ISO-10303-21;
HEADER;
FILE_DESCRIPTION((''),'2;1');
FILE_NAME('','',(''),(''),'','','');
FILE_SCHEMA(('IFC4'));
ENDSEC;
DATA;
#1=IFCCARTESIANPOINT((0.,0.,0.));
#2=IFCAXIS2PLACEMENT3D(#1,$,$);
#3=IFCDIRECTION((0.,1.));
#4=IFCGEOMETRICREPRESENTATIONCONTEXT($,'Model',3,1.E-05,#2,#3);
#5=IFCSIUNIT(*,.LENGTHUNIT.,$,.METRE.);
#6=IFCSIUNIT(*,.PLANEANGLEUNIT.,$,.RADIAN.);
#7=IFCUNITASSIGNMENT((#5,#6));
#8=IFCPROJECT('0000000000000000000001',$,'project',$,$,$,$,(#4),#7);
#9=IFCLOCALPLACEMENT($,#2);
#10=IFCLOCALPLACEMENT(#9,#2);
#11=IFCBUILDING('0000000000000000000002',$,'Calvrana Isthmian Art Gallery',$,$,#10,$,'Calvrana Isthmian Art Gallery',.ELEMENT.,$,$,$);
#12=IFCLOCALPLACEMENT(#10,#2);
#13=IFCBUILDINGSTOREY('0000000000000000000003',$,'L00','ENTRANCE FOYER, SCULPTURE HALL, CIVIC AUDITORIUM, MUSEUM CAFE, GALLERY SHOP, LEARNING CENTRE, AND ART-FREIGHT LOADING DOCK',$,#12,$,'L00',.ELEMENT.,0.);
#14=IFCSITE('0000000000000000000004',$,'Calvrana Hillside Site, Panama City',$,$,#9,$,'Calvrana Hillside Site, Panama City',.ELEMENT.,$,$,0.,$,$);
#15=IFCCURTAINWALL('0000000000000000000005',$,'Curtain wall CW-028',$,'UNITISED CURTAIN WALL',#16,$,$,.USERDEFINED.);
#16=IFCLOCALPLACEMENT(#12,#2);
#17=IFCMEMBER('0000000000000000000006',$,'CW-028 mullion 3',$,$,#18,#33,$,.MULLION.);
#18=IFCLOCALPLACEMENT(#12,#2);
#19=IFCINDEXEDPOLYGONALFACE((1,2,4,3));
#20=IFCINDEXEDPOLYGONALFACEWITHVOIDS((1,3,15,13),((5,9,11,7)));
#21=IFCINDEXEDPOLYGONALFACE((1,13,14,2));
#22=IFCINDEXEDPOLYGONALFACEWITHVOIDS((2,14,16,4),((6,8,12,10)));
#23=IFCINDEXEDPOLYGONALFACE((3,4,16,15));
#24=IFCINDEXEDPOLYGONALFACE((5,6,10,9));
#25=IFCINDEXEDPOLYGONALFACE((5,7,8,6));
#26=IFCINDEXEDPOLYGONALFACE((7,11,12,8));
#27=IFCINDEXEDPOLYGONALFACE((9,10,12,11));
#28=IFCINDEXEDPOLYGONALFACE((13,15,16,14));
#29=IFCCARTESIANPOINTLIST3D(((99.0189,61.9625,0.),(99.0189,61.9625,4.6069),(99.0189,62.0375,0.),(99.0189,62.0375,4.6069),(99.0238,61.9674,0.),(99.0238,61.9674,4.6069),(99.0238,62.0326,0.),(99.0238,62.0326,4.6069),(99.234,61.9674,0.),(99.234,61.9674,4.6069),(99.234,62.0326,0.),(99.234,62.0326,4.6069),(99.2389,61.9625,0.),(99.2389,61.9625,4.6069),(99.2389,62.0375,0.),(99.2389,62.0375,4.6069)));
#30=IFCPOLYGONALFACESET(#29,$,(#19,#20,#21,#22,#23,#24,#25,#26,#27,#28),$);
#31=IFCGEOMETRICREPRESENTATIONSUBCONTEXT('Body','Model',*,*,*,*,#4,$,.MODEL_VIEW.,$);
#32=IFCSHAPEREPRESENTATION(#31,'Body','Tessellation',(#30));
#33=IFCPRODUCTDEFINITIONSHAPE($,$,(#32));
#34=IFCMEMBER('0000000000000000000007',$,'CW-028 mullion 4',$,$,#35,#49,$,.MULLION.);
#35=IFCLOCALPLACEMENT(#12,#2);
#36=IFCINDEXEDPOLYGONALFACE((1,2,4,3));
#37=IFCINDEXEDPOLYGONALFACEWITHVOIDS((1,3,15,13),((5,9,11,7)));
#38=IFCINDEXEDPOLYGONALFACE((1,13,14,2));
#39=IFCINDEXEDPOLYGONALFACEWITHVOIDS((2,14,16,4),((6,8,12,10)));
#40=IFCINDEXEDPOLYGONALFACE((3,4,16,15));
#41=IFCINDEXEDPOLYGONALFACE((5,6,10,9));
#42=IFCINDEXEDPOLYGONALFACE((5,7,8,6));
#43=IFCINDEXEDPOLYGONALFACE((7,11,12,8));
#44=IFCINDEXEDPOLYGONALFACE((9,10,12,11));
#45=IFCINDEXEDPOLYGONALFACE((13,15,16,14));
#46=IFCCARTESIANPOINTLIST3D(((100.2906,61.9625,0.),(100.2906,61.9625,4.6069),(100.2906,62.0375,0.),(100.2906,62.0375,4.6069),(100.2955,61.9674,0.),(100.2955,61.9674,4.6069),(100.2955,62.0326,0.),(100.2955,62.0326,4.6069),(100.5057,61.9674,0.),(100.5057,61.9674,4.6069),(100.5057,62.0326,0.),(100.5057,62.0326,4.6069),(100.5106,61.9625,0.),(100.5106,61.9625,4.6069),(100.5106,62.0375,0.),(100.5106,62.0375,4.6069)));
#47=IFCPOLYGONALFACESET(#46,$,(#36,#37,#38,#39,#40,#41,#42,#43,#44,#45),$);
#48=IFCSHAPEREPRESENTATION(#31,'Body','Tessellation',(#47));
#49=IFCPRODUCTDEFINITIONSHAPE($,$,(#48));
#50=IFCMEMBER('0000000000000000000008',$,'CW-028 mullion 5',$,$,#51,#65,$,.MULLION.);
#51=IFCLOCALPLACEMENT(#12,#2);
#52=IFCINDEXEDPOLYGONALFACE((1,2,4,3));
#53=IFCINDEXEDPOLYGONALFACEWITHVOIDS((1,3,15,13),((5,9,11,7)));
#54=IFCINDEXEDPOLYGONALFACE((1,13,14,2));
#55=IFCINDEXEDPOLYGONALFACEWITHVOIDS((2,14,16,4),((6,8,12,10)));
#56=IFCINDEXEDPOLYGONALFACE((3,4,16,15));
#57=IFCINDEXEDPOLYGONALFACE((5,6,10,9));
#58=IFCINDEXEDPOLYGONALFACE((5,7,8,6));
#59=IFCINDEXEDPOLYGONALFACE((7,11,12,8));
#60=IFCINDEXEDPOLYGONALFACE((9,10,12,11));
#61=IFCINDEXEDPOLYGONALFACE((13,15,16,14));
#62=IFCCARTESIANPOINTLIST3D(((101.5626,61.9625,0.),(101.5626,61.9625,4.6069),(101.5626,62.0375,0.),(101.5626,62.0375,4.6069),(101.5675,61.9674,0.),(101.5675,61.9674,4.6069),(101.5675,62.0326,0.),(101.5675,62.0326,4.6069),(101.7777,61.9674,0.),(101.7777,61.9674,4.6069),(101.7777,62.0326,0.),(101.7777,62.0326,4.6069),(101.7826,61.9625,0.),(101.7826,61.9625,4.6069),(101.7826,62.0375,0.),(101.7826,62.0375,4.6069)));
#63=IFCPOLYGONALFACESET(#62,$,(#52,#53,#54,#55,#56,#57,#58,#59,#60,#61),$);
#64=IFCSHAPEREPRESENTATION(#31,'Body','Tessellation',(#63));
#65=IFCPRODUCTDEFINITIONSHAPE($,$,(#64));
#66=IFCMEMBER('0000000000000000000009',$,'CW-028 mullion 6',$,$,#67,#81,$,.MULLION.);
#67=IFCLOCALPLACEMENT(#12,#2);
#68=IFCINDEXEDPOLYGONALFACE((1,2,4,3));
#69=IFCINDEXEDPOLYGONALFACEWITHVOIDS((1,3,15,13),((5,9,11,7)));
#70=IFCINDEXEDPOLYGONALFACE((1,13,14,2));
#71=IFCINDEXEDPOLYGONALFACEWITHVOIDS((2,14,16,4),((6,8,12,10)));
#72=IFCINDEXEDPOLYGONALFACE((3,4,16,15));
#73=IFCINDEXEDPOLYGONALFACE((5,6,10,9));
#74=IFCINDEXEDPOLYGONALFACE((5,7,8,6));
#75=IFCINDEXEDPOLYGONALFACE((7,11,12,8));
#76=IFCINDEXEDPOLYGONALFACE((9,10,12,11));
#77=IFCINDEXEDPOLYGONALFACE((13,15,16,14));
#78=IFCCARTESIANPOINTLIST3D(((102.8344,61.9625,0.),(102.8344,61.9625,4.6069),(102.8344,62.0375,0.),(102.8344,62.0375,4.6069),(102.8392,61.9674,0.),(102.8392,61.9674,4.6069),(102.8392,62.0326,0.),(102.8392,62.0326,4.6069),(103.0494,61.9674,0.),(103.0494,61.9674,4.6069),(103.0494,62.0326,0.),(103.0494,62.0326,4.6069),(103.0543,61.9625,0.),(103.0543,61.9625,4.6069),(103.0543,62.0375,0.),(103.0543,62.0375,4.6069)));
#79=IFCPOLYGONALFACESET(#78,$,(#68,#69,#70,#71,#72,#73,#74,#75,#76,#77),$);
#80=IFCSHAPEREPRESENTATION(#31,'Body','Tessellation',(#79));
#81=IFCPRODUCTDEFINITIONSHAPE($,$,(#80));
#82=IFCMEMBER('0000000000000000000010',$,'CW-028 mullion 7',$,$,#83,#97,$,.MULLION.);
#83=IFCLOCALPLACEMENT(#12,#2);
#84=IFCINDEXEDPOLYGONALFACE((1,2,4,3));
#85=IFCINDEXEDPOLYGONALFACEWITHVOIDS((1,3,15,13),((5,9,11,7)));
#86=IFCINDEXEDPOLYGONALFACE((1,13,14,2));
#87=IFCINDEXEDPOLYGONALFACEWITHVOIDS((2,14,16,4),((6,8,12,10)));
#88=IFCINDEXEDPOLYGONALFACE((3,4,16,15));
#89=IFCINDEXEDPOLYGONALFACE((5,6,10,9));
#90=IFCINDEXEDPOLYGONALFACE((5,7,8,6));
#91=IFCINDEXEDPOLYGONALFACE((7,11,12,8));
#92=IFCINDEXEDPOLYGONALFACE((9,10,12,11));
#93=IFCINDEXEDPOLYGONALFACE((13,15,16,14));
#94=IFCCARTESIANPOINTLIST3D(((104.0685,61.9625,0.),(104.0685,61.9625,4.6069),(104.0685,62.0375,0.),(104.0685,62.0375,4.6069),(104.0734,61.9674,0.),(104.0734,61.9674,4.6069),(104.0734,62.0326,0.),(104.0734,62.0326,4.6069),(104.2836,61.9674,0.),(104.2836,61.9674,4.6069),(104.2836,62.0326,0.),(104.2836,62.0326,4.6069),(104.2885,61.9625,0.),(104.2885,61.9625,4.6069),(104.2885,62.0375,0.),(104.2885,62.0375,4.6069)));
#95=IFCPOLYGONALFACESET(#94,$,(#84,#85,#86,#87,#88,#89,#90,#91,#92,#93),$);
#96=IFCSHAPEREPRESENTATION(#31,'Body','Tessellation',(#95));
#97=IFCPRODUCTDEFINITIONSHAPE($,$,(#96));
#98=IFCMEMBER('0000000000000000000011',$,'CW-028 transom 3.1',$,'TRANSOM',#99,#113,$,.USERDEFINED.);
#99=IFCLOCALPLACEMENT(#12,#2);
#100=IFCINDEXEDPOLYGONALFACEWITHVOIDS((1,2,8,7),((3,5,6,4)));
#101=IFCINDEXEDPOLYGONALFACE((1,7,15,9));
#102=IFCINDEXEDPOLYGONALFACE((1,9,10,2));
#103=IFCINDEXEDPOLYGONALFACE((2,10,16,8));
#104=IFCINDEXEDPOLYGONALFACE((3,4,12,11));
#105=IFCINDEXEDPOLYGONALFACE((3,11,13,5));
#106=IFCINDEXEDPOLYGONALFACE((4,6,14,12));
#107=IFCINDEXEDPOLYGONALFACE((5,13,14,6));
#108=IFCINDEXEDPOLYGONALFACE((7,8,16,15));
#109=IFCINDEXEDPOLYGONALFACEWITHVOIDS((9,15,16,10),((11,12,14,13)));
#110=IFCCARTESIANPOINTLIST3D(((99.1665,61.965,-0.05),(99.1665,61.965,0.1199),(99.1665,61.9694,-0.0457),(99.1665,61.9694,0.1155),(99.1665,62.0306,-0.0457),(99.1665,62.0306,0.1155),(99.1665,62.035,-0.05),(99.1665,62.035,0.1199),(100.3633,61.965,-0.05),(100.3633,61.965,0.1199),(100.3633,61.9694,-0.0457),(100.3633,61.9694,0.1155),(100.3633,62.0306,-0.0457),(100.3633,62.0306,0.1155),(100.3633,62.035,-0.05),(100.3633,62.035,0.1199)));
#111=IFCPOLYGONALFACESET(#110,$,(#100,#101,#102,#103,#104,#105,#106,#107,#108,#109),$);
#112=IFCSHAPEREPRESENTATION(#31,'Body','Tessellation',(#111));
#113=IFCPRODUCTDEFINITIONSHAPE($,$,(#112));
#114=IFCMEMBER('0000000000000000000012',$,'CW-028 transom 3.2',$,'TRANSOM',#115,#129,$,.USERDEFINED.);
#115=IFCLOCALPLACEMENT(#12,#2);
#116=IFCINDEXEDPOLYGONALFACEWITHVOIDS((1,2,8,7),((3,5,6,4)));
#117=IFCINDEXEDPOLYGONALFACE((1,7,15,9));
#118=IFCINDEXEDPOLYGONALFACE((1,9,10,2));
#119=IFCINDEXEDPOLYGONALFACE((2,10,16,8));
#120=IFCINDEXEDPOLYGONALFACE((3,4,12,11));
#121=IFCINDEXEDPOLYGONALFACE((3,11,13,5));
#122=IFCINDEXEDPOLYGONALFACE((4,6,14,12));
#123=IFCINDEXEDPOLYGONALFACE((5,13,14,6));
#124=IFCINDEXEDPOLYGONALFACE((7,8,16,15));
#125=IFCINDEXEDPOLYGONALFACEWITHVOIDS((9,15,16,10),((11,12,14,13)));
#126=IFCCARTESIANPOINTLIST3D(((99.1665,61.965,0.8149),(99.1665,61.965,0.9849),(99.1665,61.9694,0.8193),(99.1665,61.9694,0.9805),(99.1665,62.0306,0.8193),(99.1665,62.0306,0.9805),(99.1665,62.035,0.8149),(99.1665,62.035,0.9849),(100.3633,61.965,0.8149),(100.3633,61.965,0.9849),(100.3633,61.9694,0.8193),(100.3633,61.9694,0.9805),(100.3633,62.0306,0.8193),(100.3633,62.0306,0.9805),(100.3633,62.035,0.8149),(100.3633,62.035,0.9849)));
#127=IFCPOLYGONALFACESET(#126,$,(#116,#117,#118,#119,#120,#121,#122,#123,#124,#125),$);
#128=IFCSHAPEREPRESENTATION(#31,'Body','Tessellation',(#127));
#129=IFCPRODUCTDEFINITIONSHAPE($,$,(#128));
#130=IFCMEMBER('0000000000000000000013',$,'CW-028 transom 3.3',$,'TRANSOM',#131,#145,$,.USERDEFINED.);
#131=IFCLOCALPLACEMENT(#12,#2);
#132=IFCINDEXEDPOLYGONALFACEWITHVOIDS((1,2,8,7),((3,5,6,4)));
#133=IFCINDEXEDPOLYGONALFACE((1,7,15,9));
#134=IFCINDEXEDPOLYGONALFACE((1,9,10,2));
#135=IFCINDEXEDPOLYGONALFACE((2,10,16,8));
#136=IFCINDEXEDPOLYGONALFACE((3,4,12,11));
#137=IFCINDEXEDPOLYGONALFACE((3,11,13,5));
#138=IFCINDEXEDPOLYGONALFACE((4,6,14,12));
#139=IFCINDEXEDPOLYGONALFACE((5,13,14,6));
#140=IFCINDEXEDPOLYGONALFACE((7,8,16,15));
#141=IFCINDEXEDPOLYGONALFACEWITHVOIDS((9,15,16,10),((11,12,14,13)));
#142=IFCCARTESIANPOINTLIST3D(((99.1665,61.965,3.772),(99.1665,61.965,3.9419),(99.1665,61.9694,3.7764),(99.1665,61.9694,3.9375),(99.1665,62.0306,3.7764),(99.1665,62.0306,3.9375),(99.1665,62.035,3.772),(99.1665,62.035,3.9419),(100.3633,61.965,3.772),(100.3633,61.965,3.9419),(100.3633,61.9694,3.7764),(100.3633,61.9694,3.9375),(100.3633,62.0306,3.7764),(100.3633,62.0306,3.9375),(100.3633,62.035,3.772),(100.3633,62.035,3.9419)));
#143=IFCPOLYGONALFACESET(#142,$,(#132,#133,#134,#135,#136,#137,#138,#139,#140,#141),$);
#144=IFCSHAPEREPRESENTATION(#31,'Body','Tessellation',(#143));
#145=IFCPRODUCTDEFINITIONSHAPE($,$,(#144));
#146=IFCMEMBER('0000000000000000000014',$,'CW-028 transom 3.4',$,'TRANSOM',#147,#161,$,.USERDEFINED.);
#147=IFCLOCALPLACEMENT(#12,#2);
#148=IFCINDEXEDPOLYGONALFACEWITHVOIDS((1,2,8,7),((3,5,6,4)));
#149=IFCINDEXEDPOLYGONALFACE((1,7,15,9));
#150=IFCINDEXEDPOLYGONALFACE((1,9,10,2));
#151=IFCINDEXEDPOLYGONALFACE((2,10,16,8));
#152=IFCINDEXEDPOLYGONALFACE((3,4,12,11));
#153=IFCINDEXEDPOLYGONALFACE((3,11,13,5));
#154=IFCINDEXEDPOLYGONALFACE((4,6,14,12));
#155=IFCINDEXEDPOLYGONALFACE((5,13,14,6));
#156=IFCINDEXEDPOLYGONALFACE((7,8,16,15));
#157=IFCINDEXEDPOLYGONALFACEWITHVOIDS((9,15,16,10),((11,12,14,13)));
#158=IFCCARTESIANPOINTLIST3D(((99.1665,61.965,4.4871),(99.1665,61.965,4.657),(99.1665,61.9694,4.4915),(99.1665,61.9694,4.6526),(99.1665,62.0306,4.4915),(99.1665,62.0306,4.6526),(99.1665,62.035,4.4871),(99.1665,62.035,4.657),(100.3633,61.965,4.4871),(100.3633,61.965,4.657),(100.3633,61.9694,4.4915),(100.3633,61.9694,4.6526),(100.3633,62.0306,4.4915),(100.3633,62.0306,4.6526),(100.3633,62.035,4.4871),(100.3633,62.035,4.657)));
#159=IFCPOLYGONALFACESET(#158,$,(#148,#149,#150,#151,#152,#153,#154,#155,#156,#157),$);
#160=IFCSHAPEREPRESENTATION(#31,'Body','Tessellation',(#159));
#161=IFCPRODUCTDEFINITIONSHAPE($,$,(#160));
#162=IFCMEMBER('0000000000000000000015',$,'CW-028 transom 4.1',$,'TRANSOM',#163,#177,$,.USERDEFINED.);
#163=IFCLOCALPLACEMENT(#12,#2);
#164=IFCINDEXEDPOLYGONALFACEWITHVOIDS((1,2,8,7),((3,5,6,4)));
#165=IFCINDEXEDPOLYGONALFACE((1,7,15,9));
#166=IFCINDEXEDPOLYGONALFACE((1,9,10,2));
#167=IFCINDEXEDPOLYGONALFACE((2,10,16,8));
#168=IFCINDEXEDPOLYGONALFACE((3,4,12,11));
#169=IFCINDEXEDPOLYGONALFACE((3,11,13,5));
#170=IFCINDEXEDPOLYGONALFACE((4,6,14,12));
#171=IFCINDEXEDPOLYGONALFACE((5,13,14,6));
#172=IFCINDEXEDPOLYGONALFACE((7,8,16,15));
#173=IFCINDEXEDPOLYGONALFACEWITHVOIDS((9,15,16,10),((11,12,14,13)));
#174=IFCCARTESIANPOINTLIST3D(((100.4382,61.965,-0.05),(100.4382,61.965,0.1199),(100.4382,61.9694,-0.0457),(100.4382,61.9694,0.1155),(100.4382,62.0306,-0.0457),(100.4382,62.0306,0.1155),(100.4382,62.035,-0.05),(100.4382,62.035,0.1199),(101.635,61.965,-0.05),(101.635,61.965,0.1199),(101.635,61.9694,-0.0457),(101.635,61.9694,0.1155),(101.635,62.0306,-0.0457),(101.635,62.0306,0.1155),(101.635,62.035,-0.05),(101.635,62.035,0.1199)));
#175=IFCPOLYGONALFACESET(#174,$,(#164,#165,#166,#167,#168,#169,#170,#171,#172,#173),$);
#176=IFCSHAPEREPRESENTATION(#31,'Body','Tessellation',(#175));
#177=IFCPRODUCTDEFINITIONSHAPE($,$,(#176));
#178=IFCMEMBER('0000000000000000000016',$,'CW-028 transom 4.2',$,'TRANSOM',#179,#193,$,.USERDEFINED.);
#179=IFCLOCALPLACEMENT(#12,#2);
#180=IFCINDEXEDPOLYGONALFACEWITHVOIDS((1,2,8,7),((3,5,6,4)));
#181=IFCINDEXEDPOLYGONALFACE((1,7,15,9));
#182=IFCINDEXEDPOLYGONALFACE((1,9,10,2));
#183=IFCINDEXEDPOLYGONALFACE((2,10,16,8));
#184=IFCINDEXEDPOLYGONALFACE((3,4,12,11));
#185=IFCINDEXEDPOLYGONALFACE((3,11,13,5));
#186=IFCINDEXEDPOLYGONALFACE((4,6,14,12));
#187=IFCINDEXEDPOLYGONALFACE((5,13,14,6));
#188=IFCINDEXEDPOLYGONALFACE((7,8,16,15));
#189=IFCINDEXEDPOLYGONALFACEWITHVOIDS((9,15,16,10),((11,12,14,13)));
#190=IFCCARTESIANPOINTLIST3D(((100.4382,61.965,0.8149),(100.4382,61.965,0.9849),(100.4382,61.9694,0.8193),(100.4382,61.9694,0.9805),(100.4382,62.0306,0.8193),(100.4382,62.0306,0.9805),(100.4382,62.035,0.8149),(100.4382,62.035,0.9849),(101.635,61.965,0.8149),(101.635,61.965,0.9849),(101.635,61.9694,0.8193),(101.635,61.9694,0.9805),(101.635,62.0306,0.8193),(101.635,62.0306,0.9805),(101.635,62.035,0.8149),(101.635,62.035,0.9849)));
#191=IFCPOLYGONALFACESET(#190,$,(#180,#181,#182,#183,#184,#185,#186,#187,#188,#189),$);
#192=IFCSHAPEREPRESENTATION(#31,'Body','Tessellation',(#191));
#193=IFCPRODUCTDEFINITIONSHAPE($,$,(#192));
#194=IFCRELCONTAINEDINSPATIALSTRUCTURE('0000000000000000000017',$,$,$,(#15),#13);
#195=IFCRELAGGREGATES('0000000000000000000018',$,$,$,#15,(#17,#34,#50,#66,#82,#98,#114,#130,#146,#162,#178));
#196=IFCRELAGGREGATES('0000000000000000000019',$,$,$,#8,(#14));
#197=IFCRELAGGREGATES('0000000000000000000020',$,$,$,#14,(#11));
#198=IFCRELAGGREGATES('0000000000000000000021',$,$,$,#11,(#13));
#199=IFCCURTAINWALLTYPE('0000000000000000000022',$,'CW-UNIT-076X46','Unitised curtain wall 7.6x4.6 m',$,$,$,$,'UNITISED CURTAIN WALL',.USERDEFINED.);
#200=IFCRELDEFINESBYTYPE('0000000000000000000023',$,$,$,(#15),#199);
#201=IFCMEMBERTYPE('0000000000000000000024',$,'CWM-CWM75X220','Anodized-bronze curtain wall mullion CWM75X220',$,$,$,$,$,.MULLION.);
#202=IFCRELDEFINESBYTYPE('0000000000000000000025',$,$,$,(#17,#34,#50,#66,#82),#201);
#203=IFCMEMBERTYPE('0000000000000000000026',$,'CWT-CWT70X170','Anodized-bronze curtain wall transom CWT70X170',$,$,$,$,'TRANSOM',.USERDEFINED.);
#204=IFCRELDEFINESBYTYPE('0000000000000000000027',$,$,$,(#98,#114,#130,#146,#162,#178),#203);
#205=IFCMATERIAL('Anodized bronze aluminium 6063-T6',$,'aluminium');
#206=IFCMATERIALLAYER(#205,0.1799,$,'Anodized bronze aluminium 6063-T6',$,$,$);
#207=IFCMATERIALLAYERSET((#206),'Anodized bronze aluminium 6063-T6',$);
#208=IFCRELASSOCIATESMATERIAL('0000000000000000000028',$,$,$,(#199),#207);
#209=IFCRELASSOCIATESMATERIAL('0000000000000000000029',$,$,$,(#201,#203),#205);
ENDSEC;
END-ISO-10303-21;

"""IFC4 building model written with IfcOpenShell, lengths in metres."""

from ifc_helpers import new_model, si_unit, direction, frame, origin, origin_2d, place, context, subcontext, project, spatial, hollow_rectangle, extrude, material, layer, layer_set, material_profile, profile_set, type_object, element, aggregate, save


model = new_model("IFC4")

# Units and contexts
model_context = context("Model", 3, precision=1e-05, world=origin(), true_north=direction((0.0, 1.0)))
body_context = subcontext(model_context, "Body", "Model", "MODEL_VIEW")
ifc_project = project(units=[si_unit("LENGTHUNIT", "METRE"), si_unit("PLANEANGLEUNIT", "RADIAN")], contexts=[model_context])

# Site, building, storey
site_placement = place(None, origin())
site = spatial("IfcSite", under=ifc_project, at=site_placement, Name="Calvrana Hillside Site, Panama City", LongName="Calvrana Hillside Site, Panama City", CompositionType="ELEMENT", RefElevation=0.0)
building_placement = place(site_placement, origin())
building = spatial("IfcBuilding", under=site, at=building_placement, Name="Calvrana Isthmian Art Gallery", LongName="Calvrana Isthmian Art Gallery", CompositionType="ELEMENT")
storey_placement = place(building_placement, origin())
storey = spatial("IfcBuildingStorey", under=building, at=storey_placement, Name="L00", Description="ENTRANCE FOYER, SCULPTURE HALL, CIVIC AUDITORIUM, MUSEUM CAFE, GALLERY SHOP, LEARNING CENTRE, AND ART-FREIGHT LOADING DOCK", LongName="L00", CompositionType="ELEMENT", Elevation=0.0)

# Curtain wall, members
ifc_material_1 = material(Name="Anodized bronze aluminium 6063-T6", Category="aluminium")
ifc_layer_1 = layer(ifc_material_1, 0.1799, Name="Anodized bronze aluminium 6063-T6")
ifc_layer_set_1 = layer_set([ifc_layer_1], Name="Anodized bronze aluminium 6063-T6")
curtain_wall_type = type_object("IfcCurtainWallType", Name="CW-UNIT-076X46", Description="Unitised curtain wall 7.6x4.6 m", ElementType="UNITISED CURTAIN WALL", PredefinedType="USERDEFINED", material=ifc_layer_set_1)
curtain_wall_placement = place(storey_placement, origin())
curtain_wall = element("IfcCurtainWall", 1, at=curtain_wall_placement, inside=storey, type_object=curtain_wall_type, Name="Curtain wall CW-028", ObjectType="UNITISED CURTAIN WALL", PredefinedType="USERDEFINED")
ifc_material_profile_1 = material_profile(ifc_material_1, hollow_rectangle(XDim=0.075, YDim=0.22, WallThickness=0.0049, at=origin_2d()), Name="CWM75X220")
ifc_profile_set_1 = profile_set([ifc_material_profile_1], Name="Anodized bronze aluminium 6063-T6")
member_type_1 = type_object("IfcMemberType", Name="CWM-CWM75X220", Description="Anodized-bronze curtain wall mullion CWM75X220", PredefinedType="MULLION", material=ifc_profile_set_1)
member_1_placement = place(storey_placement, frame((99.1289, 62.0, 0.0), z_axis=(0.0, 0.0, 1.0), x_axis=(0.0, 1.0, 0.0)))
member_1 = element("IfcMember", 2, at=member_1_placement, type_object=member_type_1, Name="CW-028 mullion 3", PredefinedType="MULLION", context=body_context, shape_type="SweptSolid", body=[
    extrude(hollow_rectangle(XDim=0.075, YDim=0.22, WallThickness=0.0049, at=origin_2d()), origin(), (0.0, 0.0, 1.0), 4.6069),
])
member_2_placement = place(storey_placement, frame((100.4006, 62.0, 0.0), z_axis=(0.0, 0.0, 1.0), x_axis=(0.0, 1.0, 0.0)))
member_2 = element("IfcMember", 3, at=member_2_placement, type_object=member_type_1, Name="CW-028 mullion 4", PredefinedType="MULLION", context=body_context, shape_type="SweptSolid", body=[
    extrude(hollow_rectangle(XDim=0.075, YDim=0.22, WallThickness=0.0049, at=origin_2d()), origin(), (0.0, 0.0, 1.0), 4.6069),
])
member_3_placement = place(storey_placement, frame((101.6726, 62.0, 0.0), z_axis=(0.0, 0.0, 1.0), x_axis=(0.0, 1.0, 0.0)))
member_3 = element("IfcMember", 4, at=member_3_placement, type_object=member_type_1, Name="CW-028 mullion 5", PredefinedType="MULLION", context=body_context, shape_type="SweptSolid", body=[
    extrude(hollow_rectangle(XDim=0.075, YDim=0.22, WallThickness=0.0049, at=origin_2d()), origin(), (0.0, 0.0, 1.0), 4.6069),
])
member_4_placement = place(storey_placement, frame((102.9443, 62.0, 0.0), z_axis=(0.0, 0.0, 1.0), x_axis=(0.0, 1.0, 0.0)))
member_4 = element("IfcMember", 5, at=member_4_placement, type_object=member_type_1, Name="CW-028 mullion 6", PredefinedType="MULLION", context=body_context, shape_type="SweptSolid", body=[
    extrude(hollow_rectangle(XDim=0.075, YDim=0.22, WallThickness=0.0049, at=origin_2d()), origin(), (0.0, 0.0, 1.0), 4.6069),
])
member_5_placement = place(storey_placement, frame((104.1785, 62.0, 0.0), z_axis=(0.0, 0.0, 1.0), x_axis=(0.0, 1.0, 0.0)))
member_5 = element("IfcMember", 6, at=member_5_placement, type_object=member_type_1, Name="CW-028 mullion 7", PredefinedType="MULLION", context=body_context, shape_type="SweptSolid", body=[
    extrude(hollow_rectangle(XDim=0.075, YDim=0.22, WallThickness=0.0049, at=origin_2d()), origin(), (0.0, 0.0, 1.0), 4.6069),
])
ifc_material_profile_2 = material_profile(ifc_material_1, hollow_rectangle(XDim=0.0701, YDim=0.1699, WallThickness=0.0044, at=origin_2d()), Name="CWT70X170")
ifc_profile_set_2 = profile_set([ifc_material_profile_2], Name="Anodized bronze aluminium 6063-T6")
member_type_2 = type_object("IfcMemberType", Name="CWT-CWT70X170", Description="Anodized-bronze curtain wall transom CWT70X170", ElementType="TRANSOM", PredefinedType="USERDEFINED", material=ifc_profile_set_2)
member_6_placement = place(storey_placement, frame((99.1665, 62.0, 0.0349), z_axis=(1.0, 0.0, 0.0), x_axis=(0.0, 1.0, 0.0)))
member_6 = element("IfcMember", 7, at=member_6_placement, type_object=member_type_2, Name="CW-028 transom 3.1", ObjectType="TRANSOM", PredefinedType="USERDEFINED", context=body_context, shape_type="SweptSolid", body=[
    extrude(hollow_rectangle(XDim=0.0701, YDim=0.1699, WallThickness=0.0044, at=origin_2d()), origin(), (0.0, 0.0, 1.0), 1.1968),
])
member_7_placement = place(storey_placement, frame((99.1665, 62.0, 0.8999), z_axis=(1.0, 0.0, 0.0), x_axis=(0.0, 1.0, 0.0)))
member_7 = element("IfcMember", 8, at=member_7_placement, type_object=member_type_2, Name="CW-028 transom 3.2", ObjectType="TRANSOM", PredefinedType="USERDEFINED", context=body_context, shape_type="SweptSolid", body=[
    extrude(hollow_rectangle(XDim=0.0701, YDim=0.1699, WallThickness=0.0044, at=origin_2d()), origin(), (0.0, 0.0, 1.0), 1.1968),
])
member_8_placement = place(storey_placement, frame((99.1665, 62.0, 3.8569), z_axis=(1.0, 0.0, 0.0), x_axis=(0.0, 1.0, 0.0)))
member_8 = element("IfcMember", 9, at=member_8_placement, type_object=member_type_2, Name="CW-028 transom 3.3", ObjectType="TRANSOM", PredefinedType="USERDEFINED", context=body_context, shape_type="SweptSolid", body=[
    extrude(hollow_rectangle(XDim=0.0701, YDim=0.1699, WallThickness=0.0044, at=origin_2d()), origin(), (0.0, 0.0, 1.0), 1.1968),
])
member_9_placement = place(storey_placement, frame((99.1665, 62.0, 4.572), z_axis=(1.0, 0.0, 0.0), x_axis=(0.0, 1.0, 0.0)))
member_9 = element("IfcMember", 10, at=member_9_placement, type_object=member_type_2, Name="CW-028 transom 3.4", ObjectType="TRANSOM", PredefinedType="USERDEFINED", context=body_context, shape_type="SweptSolid", body=[
    extrude(hollow_rectangle(XDim=0.0701, YDim=0.1699, WallThickness=0.0044, at=origin_2d()), origin(), (0.0, 0.0, 1.0), 1.1968),
])
member_10_placement = place(storey_placement, frame((100.4382, 62.0, 0.0349), z_axis=(1.0, 0.0, 0.0), x_axis=(0.0, 1.0, 0.0)))
member_10 = element("IfcMember", 11, at=member_10_placement, type_object=member_type_2, Name="CW-028 transom 4.1", ObjectType="TRANSOM", PredefinedType="USERDEFINED", context=body_context, shape_type="SweptSolid", body=[
    extrude(hollow_rectangle(XDim=0.0701, YDim=0.1699, WallThickness=0.0044, at=origin_2d()), origin(), (0.0, 0.0, 1.0), 1.1968),
])
member_11_placement = place(storey_placement, frame((100.4382, 62.0, 0.8999), z_axis=(1.0, 0.0, 0.0), x_axis=(0.0, 1.0, 0.0)))
member_11 = element("IfcMember", 12, at=member_11_placement, type_object=member_type_2, Name="CW-028 transom 4.2", ObjectType="TRANSOM", PredefinedType="USERDEFINED", context=body_context, shape_type="SweptSolid", body=[
    extrude(hollow_rectangle(XDim=0.0701, YDim=0.1699, WallThickness=0.0044, at=origin_2d()), origin(), (0.0, 0.0, 1.0), 1.1968),
])
aggregate(curtain_wall, [member_1, member_2, member_3, member_4, member_5, member_6, member_7, member_8, member_9, member_10, member_11])

save(model, "model.ifc")
